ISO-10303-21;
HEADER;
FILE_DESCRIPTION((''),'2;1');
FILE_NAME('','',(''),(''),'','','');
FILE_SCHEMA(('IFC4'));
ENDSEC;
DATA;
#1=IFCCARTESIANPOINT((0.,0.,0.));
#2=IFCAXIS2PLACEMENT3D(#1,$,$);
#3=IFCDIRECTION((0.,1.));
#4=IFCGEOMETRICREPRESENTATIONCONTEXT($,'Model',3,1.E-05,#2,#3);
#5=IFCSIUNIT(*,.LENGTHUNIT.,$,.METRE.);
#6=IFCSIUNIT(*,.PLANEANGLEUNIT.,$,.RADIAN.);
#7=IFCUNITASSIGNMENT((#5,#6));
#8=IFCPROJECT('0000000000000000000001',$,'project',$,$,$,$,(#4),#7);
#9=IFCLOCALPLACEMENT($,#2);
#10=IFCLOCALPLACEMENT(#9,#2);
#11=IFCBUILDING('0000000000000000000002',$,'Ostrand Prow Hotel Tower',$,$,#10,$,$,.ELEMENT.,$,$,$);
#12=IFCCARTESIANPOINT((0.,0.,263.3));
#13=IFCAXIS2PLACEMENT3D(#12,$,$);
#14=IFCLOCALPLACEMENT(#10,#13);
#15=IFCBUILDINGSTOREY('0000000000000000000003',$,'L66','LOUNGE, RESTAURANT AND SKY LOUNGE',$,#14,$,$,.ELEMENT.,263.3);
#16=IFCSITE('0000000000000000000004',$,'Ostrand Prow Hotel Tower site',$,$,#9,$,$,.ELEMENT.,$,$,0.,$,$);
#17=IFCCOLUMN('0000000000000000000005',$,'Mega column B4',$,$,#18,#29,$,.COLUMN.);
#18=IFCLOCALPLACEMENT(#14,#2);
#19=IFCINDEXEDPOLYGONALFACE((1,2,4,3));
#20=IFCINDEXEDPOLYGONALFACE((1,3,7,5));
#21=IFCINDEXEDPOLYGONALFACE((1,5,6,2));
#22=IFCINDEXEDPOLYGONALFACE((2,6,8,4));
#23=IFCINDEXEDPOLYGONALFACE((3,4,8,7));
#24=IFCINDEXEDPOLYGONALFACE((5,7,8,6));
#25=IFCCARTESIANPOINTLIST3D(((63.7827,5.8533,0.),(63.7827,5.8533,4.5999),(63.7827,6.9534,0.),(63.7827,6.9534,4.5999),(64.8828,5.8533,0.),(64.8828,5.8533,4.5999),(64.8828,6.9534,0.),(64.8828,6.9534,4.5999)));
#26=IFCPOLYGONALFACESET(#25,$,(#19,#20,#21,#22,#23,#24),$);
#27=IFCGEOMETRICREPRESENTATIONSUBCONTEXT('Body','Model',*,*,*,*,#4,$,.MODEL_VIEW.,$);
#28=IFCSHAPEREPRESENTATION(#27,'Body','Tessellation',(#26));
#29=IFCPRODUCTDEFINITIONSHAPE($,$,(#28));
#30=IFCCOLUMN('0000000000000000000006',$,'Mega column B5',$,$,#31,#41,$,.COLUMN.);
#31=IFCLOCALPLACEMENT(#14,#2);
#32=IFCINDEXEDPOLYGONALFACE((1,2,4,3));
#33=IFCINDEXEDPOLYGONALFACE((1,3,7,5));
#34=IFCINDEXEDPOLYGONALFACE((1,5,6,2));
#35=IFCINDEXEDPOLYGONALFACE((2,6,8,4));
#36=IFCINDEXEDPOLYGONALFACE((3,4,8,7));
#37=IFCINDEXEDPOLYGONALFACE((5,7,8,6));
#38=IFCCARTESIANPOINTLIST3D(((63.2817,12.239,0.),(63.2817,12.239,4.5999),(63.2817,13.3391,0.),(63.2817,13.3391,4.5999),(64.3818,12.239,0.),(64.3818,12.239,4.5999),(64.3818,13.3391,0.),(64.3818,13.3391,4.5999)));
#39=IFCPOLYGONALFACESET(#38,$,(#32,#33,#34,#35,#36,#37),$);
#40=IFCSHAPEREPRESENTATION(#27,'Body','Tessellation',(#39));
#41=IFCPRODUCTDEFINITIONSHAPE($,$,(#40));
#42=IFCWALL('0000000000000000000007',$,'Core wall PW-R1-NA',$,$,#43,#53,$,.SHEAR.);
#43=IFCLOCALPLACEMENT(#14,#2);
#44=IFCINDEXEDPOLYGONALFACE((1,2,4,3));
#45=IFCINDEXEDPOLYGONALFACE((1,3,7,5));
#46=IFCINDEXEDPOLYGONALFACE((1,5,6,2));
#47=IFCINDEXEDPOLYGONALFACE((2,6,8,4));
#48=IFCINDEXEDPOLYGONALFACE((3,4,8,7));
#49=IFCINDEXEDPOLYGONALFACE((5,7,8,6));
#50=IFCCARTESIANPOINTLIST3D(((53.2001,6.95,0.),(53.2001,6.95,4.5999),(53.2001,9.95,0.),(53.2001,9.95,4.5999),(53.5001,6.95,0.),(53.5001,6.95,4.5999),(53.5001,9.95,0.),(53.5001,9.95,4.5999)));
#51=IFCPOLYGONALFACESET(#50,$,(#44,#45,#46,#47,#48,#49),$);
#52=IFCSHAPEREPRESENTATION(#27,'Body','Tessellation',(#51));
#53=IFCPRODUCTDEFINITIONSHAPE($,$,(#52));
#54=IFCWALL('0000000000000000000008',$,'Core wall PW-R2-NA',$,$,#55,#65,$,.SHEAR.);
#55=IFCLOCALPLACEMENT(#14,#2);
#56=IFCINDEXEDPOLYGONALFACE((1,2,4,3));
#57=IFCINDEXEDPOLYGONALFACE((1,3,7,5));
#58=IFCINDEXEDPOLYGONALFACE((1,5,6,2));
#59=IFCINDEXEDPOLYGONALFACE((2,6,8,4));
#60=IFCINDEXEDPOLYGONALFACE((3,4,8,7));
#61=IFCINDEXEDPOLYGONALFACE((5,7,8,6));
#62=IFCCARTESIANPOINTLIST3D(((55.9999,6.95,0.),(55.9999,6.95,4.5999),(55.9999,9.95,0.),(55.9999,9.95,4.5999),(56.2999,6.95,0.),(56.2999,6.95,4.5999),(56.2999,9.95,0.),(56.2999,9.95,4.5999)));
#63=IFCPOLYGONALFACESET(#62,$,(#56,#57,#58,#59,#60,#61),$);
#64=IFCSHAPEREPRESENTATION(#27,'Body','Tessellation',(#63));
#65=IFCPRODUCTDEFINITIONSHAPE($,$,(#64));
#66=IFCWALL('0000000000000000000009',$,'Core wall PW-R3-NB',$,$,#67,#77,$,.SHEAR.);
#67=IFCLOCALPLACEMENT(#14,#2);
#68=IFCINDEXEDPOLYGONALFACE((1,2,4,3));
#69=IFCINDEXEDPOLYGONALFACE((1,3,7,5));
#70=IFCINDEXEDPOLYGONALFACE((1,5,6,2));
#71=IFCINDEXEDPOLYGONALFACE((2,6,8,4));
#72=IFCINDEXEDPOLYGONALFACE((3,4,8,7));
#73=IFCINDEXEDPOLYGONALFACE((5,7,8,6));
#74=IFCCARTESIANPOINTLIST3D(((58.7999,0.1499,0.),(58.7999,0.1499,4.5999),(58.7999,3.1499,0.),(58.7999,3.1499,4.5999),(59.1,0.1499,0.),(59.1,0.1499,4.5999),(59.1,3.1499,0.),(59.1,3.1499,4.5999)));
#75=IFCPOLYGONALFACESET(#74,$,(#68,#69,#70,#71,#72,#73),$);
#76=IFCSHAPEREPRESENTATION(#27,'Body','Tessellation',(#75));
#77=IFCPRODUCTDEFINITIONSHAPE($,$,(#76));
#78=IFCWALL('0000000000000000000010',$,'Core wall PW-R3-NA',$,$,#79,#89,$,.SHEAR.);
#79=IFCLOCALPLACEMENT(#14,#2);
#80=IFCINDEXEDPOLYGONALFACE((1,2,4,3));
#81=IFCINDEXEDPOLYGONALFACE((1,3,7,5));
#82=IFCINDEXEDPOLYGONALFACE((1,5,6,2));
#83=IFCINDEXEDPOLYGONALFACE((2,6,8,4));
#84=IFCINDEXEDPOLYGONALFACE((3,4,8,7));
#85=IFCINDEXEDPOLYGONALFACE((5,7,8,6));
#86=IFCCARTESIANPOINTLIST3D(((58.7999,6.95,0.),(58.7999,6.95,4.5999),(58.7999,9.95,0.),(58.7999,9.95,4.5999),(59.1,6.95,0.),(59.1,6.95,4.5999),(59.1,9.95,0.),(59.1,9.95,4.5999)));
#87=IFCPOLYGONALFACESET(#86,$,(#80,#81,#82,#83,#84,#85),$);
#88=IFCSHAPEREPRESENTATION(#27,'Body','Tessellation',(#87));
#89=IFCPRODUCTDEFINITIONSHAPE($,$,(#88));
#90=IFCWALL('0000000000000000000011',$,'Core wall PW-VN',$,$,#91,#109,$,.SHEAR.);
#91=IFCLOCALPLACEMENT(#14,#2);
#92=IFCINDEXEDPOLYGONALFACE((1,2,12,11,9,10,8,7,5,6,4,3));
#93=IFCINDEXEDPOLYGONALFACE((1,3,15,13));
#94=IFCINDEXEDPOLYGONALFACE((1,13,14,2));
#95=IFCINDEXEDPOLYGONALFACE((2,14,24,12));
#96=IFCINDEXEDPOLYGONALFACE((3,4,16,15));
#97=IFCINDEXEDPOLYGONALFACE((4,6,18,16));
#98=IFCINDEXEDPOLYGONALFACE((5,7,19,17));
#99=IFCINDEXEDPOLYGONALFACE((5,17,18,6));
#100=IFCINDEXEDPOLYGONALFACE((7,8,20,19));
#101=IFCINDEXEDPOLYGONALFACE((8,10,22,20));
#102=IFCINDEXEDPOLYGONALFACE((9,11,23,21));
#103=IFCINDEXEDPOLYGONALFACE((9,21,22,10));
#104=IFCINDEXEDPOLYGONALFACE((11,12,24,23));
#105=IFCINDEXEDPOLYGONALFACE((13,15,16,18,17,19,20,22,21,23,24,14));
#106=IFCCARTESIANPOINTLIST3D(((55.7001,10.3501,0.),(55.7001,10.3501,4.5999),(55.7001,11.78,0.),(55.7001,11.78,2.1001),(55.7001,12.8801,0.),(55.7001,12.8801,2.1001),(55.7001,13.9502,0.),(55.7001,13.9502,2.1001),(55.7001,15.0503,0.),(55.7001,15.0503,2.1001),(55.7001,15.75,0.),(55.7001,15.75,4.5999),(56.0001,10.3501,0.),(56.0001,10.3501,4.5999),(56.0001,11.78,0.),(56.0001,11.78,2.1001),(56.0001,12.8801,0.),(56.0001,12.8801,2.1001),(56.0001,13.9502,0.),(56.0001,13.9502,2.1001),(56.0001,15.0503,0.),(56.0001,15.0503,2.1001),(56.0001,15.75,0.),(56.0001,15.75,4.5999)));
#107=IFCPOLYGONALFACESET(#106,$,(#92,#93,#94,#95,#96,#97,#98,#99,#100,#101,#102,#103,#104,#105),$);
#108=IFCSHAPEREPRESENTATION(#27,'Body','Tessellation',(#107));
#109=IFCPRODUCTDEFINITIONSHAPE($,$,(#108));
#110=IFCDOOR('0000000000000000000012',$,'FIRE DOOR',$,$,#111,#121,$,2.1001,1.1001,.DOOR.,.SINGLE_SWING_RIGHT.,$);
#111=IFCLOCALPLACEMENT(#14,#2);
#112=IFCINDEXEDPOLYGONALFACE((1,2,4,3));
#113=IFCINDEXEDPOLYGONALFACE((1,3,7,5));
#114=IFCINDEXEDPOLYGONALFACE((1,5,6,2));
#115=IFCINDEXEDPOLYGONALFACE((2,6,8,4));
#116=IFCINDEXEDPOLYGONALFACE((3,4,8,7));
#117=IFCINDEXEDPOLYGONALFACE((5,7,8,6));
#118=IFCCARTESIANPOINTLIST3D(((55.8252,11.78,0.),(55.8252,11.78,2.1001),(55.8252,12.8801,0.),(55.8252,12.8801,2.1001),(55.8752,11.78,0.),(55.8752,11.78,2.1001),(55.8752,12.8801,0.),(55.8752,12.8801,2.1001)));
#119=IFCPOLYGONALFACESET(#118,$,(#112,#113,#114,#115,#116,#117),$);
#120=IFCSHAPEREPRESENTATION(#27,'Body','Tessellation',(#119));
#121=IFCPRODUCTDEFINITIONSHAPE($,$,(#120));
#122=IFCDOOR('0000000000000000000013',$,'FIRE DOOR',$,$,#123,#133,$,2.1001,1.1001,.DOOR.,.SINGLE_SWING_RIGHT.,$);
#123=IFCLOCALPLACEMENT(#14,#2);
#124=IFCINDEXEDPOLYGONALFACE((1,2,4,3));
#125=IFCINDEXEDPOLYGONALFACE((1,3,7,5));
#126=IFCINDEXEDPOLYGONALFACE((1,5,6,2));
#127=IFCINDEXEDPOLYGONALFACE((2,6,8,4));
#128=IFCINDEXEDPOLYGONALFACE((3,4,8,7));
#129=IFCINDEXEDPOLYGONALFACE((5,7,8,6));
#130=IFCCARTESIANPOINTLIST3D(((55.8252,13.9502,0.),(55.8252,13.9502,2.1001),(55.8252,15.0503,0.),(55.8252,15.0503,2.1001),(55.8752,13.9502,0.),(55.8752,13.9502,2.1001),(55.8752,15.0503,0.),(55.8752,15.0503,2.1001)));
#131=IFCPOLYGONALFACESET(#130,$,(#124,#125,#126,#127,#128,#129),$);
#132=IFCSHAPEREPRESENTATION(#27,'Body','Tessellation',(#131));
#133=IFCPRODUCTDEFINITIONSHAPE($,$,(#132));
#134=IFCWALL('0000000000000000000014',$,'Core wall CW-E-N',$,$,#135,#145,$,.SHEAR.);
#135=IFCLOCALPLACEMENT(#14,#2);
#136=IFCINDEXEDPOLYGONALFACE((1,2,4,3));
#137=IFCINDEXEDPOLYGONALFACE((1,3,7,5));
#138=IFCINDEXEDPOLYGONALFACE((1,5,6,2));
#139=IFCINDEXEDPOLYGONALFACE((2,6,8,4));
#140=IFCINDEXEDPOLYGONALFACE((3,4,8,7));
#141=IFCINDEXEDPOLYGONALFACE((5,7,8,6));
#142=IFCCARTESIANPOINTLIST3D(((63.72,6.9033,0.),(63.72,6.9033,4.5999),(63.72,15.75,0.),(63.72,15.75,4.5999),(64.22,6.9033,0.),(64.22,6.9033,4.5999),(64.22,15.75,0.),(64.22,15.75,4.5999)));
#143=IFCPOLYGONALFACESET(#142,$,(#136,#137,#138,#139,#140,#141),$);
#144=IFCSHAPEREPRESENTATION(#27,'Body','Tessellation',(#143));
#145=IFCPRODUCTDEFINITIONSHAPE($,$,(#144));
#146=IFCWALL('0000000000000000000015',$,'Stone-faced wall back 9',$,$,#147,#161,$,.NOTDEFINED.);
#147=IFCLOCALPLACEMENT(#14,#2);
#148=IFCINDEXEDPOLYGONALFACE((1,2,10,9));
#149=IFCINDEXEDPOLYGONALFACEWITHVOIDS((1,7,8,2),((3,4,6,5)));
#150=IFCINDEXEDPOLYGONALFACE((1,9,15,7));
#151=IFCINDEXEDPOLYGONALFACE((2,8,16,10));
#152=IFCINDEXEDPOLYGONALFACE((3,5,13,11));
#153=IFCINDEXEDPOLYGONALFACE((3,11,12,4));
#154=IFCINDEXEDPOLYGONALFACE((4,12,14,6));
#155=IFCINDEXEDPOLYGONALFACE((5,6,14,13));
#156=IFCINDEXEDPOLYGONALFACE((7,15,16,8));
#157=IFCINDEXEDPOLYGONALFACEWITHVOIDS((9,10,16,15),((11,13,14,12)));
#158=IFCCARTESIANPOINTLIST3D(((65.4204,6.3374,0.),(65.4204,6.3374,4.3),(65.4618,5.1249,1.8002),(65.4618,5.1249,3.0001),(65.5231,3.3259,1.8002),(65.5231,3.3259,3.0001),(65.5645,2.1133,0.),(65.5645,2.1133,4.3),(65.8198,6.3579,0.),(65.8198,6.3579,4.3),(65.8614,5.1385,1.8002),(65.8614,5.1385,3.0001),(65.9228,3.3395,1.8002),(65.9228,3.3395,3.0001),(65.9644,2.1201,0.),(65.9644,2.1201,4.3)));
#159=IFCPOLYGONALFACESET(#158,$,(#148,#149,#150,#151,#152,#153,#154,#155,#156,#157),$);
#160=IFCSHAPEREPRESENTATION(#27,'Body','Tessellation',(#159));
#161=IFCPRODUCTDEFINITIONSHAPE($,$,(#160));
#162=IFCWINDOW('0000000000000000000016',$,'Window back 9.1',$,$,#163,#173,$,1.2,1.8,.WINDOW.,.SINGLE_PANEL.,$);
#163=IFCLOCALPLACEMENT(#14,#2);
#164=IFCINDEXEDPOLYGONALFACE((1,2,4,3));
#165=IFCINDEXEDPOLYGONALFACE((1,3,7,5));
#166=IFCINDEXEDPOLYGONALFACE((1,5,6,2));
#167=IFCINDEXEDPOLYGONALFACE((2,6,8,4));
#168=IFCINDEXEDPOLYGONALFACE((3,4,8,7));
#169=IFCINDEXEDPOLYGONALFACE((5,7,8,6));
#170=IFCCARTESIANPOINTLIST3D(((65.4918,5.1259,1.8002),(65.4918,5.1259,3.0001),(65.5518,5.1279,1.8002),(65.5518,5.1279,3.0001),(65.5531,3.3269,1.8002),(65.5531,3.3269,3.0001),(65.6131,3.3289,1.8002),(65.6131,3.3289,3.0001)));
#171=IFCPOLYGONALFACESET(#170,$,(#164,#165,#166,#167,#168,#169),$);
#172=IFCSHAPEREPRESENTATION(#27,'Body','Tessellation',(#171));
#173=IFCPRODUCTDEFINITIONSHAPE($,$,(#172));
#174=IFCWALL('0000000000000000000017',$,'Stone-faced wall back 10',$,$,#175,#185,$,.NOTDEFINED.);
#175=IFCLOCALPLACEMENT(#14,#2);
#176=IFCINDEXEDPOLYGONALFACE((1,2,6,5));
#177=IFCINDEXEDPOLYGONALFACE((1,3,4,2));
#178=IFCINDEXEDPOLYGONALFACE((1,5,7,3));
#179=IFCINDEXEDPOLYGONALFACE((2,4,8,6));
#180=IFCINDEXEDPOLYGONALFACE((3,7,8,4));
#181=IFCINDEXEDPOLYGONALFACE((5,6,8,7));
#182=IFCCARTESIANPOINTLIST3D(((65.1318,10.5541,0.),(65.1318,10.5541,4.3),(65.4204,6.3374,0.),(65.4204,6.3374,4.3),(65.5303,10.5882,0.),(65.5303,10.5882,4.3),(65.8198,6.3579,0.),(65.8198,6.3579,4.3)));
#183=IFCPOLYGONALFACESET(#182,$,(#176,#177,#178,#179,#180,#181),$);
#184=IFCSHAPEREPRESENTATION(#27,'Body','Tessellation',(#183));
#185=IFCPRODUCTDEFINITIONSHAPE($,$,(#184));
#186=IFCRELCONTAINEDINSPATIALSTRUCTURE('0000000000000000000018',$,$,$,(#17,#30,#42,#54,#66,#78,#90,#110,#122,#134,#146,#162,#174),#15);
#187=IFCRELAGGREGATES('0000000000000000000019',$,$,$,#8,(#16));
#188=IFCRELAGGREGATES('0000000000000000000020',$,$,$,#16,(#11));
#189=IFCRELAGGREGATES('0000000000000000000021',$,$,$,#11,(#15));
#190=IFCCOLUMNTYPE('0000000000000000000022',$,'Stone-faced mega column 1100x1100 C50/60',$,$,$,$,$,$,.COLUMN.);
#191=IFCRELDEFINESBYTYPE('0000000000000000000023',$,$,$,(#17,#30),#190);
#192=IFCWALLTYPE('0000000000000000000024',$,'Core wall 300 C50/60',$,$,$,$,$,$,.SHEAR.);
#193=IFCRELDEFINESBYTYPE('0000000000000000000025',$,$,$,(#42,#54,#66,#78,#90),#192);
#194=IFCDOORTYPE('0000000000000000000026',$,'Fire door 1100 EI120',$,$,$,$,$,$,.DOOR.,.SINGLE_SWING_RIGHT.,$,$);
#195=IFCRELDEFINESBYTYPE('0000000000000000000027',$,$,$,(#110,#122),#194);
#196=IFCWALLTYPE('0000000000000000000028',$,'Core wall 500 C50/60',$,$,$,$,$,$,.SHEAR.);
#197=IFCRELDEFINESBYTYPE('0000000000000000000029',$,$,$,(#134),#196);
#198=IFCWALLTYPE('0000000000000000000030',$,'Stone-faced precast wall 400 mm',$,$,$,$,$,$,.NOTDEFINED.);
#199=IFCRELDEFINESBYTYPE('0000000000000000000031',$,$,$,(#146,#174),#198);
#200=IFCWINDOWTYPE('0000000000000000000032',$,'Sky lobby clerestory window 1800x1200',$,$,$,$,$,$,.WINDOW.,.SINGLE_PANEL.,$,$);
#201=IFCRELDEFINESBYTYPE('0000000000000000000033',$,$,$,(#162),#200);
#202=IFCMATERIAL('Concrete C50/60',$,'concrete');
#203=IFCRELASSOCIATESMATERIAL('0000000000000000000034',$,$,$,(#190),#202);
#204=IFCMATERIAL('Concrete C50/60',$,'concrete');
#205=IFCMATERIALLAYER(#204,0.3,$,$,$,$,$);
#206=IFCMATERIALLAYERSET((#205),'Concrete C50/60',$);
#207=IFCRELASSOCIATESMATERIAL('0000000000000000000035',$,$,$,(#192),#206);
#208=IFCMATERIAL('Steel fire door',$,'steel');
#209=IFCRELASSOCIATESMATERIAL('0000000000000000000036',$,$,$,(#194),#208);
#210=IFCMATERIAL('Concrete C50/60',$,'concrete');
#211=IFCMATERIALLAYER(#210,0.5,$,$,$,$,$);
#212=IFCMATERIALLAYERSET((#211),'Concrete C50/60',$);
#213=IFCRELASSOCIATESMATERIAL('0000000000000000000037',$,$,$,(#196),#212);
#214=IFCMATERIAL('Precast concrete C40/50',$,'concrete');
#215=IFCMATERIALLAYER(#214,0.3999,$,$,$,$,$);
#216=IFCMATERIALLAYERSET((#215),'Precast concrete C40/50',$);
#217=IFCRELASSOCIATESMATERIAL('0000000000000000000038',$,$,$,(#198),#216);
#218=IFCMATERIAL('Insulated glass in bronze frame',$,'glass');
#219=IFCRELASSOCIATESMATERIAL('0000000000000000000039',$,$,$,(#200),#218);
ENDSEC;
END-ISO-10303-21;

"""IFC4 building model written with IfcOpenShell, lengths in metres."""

from ifc_helpers import new_model, si_unit, direction, frame, frame_2d, origin, origin_2d, place, context, subcontext, project, spatial, polyline, rectangle, outline, extrude, material, layer, layer_set, material_profile, profile_set, type_object, element, fill, save


model = new_model("IFC4")

# Units and contexts
model_context = context("Model", 3, precision=1e-05, world=origin(), true_north=direction((0.0, 1.0)))
body_context = subcontext(model_context, "Body", "Model", "MODEL_VIEW")
ifc_project = project(units=[si_unit("LENGTHUNIT", "METRE"), si_unit("PLANEANGLEUNIT", "RADIAN")], contexts=[model_context])

# Site, building, storey
site_placement = place(None, origin())
site = spatial("IfcSite", under=ifc_project, at=site_placement, Name="Ostrand Prow Hotel Tower site", CompositionType="ELEMENT", RefElevation=0.0)
building_placement = place(site_placement, origin())
building = spatial("IfcBuilding", under=site, at=building_placement, Name="Ostrand Prow Hotel Tower", CompositionType="ELEMENT")
storey_placement = place(building_placement, frame((0.0, 0.0, 263.3)))
storey = spatial("IfcBuildingStorey", under=building, at=storey_placement, Name="L66", Description="LOUNGE, RESTAURANT AND SKY LOUNGE", CompositionType="ELEMENT", Elevation=263.3)

# Columns
ifc_material_1 = material(Name="Concrete C50/60", Category="concrete")
ifc_material_profile = material_profile(ifc_material_1, rectangle(XDim=1.1001, YDim=1.1001, at=origin_2d()), Name="RC 1100x1100")
ifc_profile_set = profile_set([ifc_material_profile], Name="Concrete C50/60")
column_type = type_object("IfcColumnType", Name="Stone-faced mega column 1100x1100 C50/60", PredefinedType="COLUMN", material=ifc_profile_set)
for number, where, z_axis, x_axis, name in (
    (1, (64.3328, 6.4033, 0.0), (0.0, 0.0, 1.0), (1.0, 0.0, 0.0), "Mega column B4"),
    (2, (63.8318, 12.7891, 0.0), (0.0, 0.0, 1.0), (1.0, 0.0, 0.0), "Mega column B5"),
):
    element("IfcColumn", number, at=place(storey_placement, frame(where, z_axis=z_axis, x_axis=x_axis)), inside=storey, type_object=column_type, Name=name, PredefinedType="COLUMN", context=body_context, shape_type="SweptSolid", body=[
        extrude(rectangle(XDim=1.1001, YDim=1.1001, at=origin_2d()), origin(), (0.0, 0.0, 1.0), 4.5999),
    ])

# Walls
ifc_material_2 = material(Name="Concrete C50/60", Category="concrete")
ifc_layer_1 = layer(ifc_material_2, 0.3)
ifc_layer_set_1 = layer_set([ifc_layer_1], Name="Concrete C50/60")
wall_type_1 = type_object("IfcWallType", Name="Core wall 300 C50/60", PredefinedType="SHEAR", material=ifc_layer_set_1)
for number, where, z_axis, x_axis, name in (
    (3, (53.3501, 6.95, 0.0), (0.0, 0.0, 1.0), (0.0, 1.0, 0.0), "Core wall PW-R1-NA"),
    (4, (56.1499, 6.95, 0.0), (0.0, 0.0, 1.0), (0.0, 1.0, 0.0), "Core wall PW-R2-NA"),
    (5, (58.95, 0.1499, 0.0), (0.0, 0.0, 1.0), (0.0, 1.0, 0.0), "Core wall PW-R3-NB"),
    (6, (58.95, 6.95, 0.0), (0.0, 0.0, 1.0), (0.0, 1.0, 0.0), "Core wall PW-R3-NA"),
):
    element("IfcWall", number, at=place(storey_placement, frame(where, z_axis=z_axis, x_axis=x_axis)), inside=storey, type_object=wall_type_1, Name=name, PredefinedType="SHEAR", context=body_context, shape_type="SweptSolid", body=[
        extrude(rectangle(XDim=3.0, YDim=0.3, at=frame_2d((1.5, 0.0))), origin(), (0.0, 0.0, 1.0), 4.5999),
    ])

# Wall, openings, doors
wall_1_placement = place(storey_placement, frame((55.8501, 10.3501, 0.0), z_axis=(0.0, 0.0, 1.0), x_axis=(0.0, 1.0, 0.0)))
wall_1 = element("IfcWall", 7, at=wall_1_placement, inside=storey, type_object=wall_type_1, Name="Core wall PW-VN", PredefinedType="SHEAR", context=body_context, shape_type="SweptSolid", body=[
    extrude(rectangle(XDim=5.3999, YDim=0.3, at=frame_2d((2.7, 0.0))), origin(), (0.0, 0.0, 1.0), 4.5999),
])
opening_1_placement = place(wall_1_placement, frame((1.4299, 0.0, 0.0)))
opening_1 = element("IfcOpeningElement", 8, at=opening_1_placement, cuts=wall_1, PredefinedType="OPENING", context=body_context, shape_type="SweptSolid", body=[
    extrude(rectangle(XDim=1.1001, YDim=2.1001, at=frame_2d((0.55, 1.05))), frame((0.0, 0.1599, 0.0), z_axis=(0.0, -1.0, 0.0), x_axis=(1.0, 0.0, 0.0)), (0.0, 0.0, 1.0), 0.3201),
])
opening_2_placement = place(wall_1_placement, frame((3.6001, 0.0, 0.0)))
opening_2 = element("IfcOpeningElement", 9, at=opening_2_placement, cuts=wall_1, PredefinedType="OPENING", context=body_context, shape_type="SweptSolid", body=[
    extrude(rectangle(XDim=1.1001, YDim=2.1001, at=frame_2d((0.55, 1.05))), frame((0.0, 0.1599, 0.0), z_axis=(0.0, -1.0, 0.0), x_axis=(1.0, 0.0, 0.0)), (0.0, 0.0, 1.0), 0.3201),
])
ifc_material_3 = material(Name="Steel fire door", Category="steel")
door_type = type_object("IfcDoorType", Name="Fire door 1100 EI120", OperationType="SINGLE_SWING_RIGHT", PredefinedType="DOOR", material=ifc_material_3)
door_1_placement = place(opening_1_placement, origin())
door_1 = element("IfcDoor", 10, at=door_1_placement, inside=storey, type_object=door_type, Name="FIRE DOOR", OperationType="SINGLE_SWING_RIGHT", OverallHeight=2.1001, OverallWidth=1.1001, PredefinedType="DOOR", context=body_context, shape_type="SweptSolid", body=[
    extrude(rectangle(XDim=1.1001, YDim=2.1001, at=frame_2d((0.55, 1.05))), frame((0.0, 0.0249, 0.0), z_axis=(0.0, -1.0, 0.0), x_axis=(1.0, 0.0, 0.0)), (0.0, 0.0, 1.0), 0.05),
])
fill(opening_1, door_1)
door_2_placement = place(opening_2_placement, origin())
door_2 = element("IfcDoor", 11, at=door_2_placement, inside=storey, type_object=door_type, Name="FIRE DOOR", OperationType="SINGLE_SWING_RIGHT", OverallHeight=2.1001, OverallWidth=1.1001, PredefinedType="DOOR", context=body_context, shape_type="SweptSolid", body=[
    extrude(rectangle(XDim=1.1001, YDim=2.1001, at=frame_2d((0.55, 1.05))), frame((0.0, 0.0249, 0.0), z_axis=(0.0, -1.0, 0.0), x_axis=(1.0, 0.0, 0.0)), (0.0, 0.0, 1.0), 0.05),
])
fill(opening_2, door_2)

# Wall
ifc_material_4 = material(Name="Concrete C50/60", Category="concrete")
ifc_layer_2 = layer(ifc_material_4, 0.5)
ifc_layer_set_2 = layer_set([ifc_layer_2], Name="Concrete C50/60")
wall_type_2 = type_object("IfcWallType", Name="Core wall 500 C50/60", PredefinedType="SHEAR", material=ifc_layer_set_2)
wall_2_placement = place(storey_placement, frame((63.97, 6.9033, 0.0), z_axis=(0.0, 0.0, 1.0), x_axis=(0.0, 1.0, 0.0)))
element("IfcWall", 12, at=wall_2_placement, inside=storey, type_object=wall_type_2, Name="Core wall CW-E-N", PredefinedType="SHEAR", context=body_context, shape_type="SweptSolid", body=[
    extrude(rectangle(XDim=8.8467, YDim=0.5, at=frame_2d((4.4233, 0.0))), origin(), (0.0, 0.0, 1.0), 4.5999),
])

# Wall, opening, window
ifc_material_5 = material(Name="Precast concrete C40/50", Category="concrete")
ifc_layer_3 = layer(ifc_material_5, 0.3999)
ifc_layer_set_3 = layer_set([ifc_layer_3], Name="Precast concrete C40/50")
wall_type_3 = type_object("IfcWallType", Name="Stone-faced precast wall 400 mm", PredefinedType="NOTDEFINED", material=ifc_layer_set_3)
wall_3_placement = place(storey_placement, frame((65.7644, 2.1167, 0.0), z_axis=(0.0, 0.0, 1.0), x_axis=(-0.034083, 0.999419, 0.0)))
wall_3 = element("IfcWall", 13, at=wall_3_placement, inside=storey, type_object=wall_type_3, Name="Stone-faced wall back 9", PredefinedType="NOTDEFINED", context=body_context, shape_type="SweptSolid", body=[
    extrude(outline(polyline([(-0.0034, -0.2), (4.2368, -0.2), (4.23, 0.2), (0.0034, 0.2), (-0.0034, -0.2)])), origin(), (0.0, 0.0, 1.0), 4.3),
])
opening_3_placement = place(wall_3_placement, frame((1.2168, 0.0, 1.8)))
opening_3 = element("IfcOpeningElement", 14, at=opening_3_placement, cuts=wall_3, PredefinedType="OPENING", context=body_context, shape_type="SweptSolid", body=[
    extrude(rectangle(XDim=1.8, YDim=1.2, at=frame_2d((0.8999, 0.6001))), frame((0.0, 0.21, 0.0), z_axis=(0.0, -1.0, 0.0), x_axis=(1.0, 0.0, 0.0)), (0.0, 0.0, 1.0), 0.4199),
])
ifc_material_6 = material(Name="Insulated glass in bronze frame", Category="glass")
window_type = type_object("IfcWindowType", Name="Sky lobby clerestory window 1800x1200", PartitioningType="SINGLE_PANEL", PredefinedType="WINDOW", material=ifc_material_6)
window_1_placement = place(opening_3_placement, origin())
window_1 = element("IfcWindow", 15, at=window_1_placement, inside=storey, type_object=window_type, Name="Window back 9.1", OverallHeight=1.2, OverallWidth=1.8, PartitioningType="SINGLE_PANEL", PredefinedType="WINDOW", context=body_context, shape_type="SweptSolid", body=[
    extrude(rectangle(XDim=1.8, YDim=1.2, at=frame_2d((0.8999, 0.6001))), frame((0.0, 0.1699, 0.0), z_axis=(0.0, -1.0, 0.0), x_axis=(1.0, 0.0, 0.0)), (0.0, 0.0, 1.0), 0.0601),
])
fill(opening_3, window_1)

# Wall
wall_4_placement = place(storey_placement, frame((65.6201, 6.3477, 0.0), z_axis=(0.0, 0.0, 1.0), x_axis=(-0.06828, 0.997666, 0.0)))
element("IfcWall", 16, at=wall_4_placement, inside=storey, type_object=wall_type_3, Name="Stone-faced wall back 10", PredefinedType="NOTDEFINED", context=body_context, shape_type="SweptSolid", body=[
    extrude(outline(polyline([(-0.0034, -0.2), (4.2368, -0.2), (4.23, 0.2), (0.0034, 0.2), (-0.0034, -0.2)])), origin(), (0.0, 0.0, 1.0), 4.3),
])

save(model, "model.ifc")
